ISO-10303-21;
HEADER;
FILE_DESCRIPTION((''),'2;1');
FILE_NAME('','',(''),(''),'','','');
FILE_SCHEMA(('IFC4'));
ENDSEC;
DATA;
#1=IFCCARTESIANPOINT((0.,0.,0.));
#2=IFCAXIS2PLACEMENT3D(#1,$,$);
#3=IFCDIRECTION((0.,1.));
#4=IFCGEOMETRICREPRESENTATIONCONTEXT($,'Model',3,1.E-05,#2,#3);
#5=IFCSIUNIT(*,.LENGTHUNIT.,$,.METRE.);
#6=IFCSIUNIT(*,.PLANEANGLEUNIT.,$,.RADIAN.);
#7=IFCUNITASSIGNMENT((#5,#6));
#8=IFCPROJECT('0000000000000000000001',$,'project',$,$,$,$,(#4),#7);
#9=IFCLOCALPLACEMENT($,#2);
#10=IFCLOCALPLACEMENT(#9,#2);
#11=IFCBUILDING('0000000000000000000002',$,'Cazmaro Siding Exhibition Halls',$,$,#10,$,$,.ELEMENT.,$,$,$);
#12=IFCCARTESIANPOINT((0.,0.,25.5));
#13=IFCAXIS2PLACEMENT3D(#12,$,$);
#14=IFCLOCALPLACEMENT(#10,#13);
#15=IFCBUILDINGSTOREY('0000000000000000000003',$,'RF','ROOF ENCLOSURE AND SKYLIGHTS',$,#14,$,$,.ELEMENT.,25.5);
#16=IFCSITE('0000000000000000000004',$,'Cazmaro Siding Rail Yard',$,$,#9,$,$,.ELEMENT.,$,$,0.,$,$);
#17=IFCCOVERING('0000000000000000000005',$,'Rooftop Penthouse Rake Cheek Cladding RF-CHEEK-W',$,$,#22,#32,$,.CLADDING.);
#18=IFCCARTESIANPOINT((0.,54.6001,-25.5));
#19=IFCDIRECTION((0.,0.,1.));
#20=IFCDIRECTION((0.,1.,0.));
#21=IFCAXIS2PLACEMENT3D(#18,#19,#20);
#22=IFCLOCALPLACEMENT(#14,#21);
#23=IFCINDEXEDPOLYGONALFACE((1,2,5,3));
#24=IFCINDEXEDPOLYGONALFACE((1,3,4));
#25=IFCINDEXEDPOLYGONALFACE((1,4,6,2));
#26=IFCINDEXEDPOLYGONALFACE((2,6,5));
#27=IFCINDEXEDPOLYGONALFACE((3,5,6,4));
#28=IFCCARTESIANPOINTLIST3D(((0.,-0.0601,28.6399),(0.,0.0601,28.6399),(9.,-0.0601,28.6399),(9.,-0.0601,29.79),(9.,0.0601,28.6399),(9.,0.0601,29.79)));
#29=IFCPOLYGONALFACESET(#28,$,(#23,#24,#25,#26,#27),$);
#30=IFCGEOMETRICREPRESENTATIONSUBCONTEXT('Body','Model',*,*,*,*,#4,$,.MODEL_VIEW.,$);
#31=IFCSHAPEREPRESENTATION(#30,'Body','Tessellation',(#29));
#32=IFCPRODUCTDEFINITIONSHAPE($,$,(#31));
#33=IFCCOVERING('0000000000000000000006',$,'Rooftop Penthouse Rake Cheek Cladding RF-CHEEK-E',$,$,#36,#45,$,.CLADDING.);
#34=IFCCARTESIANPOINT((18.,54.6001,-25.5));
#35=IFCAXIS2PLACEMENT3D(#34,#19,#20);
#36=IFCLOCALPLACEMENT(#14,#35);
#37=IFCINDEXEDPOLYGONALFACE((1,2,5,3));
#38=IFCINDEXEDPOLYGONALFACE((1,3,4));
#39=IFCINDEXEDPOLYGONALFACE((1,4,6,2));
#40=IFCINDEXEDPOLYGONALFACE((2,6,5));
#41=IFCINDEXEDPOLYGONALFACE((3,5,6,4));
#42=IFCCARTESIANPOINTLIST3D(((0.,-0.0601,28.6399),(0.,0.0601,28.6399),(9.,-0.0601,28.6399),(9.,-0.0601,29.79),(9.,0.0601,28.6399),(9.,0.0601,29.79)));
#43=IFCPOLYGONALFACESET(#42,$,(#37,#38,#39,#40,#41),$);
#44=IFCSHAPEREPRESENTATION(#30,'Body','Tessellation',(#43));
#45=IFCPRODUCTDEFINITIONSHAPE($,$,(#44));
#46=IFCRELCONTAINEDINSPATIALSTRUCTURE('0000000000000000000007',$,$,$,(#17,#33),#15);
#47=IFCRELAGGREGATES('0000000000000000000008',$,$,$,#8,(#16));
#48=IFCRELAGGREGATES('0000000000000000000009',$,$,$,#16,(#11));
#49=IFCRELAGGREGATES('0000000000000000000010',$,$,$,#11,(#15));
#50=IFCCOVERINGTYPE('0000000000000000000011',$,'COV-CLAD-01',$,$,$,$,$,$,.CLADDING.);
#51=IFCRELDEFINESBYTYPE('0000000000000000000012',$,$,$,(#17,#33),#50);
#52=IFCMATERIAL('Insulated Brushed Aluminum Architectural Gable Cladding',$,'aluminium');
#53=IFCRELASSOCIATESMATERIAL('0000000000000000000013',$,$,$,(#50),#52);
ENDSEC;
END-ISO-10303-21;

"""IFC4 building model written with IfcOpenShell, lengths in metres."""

from ifc_helpers import new_model, si_unit, direction, frame, origin, place, context, subcontext, project, spatial, polyline, outline, extrude, material, type_object, element, save


model = new_model("IFC4")

# Units and contexts
model_context = context("Model", 3, precision=1e-05, world=origin(), true_north=direction((0.0, 1.0)))
body_context = subcontext(model_context, "Body", "Model", "MODEL_VIEW")
ifc_project = project(units=[si_unit("LENGTHUNIT", "METRE"), si_unit("PLANEANGLEUNIT", "RADIAN")], contexts=[model_context])

# Site, building, storey
site_placement = place(None, origin())
site = spatial("IfcSite", under=ifc_project, at=site_placement, Name="Cazmaro Siding Rail Yard", CompositionType="ELEMENT", RefElevation=0.0)
building_placement = place(site_placement, origin())
building = spatial("IfcBuilding", under=site, at=building_placement, Name="Cazmaro Siding Exhibition Halls", CompositionType="ELEMENT")
storey_placement = place(building_placement, frame((0.0, 0.0, 25.5)))
storey = spatial("IfcBuildingStorey", under=building, at=storey_placement, Name="RF", Description="ROOF ENCLOSURE AND SKYLIGHTS", CompositionType="ELEMENT", Elevation=25.5)

# Coverings
ifc_material_1 = material(Name="Insulated Brushed Aluminum Architectural Gable Cladding", Category="aluminium")
covering_type = type_object("IfcCoveringType", Name="COV-CLAD-01", PredefinedType="CLADDING", material=ifc_material_1)
for number, where, z_axis, x_axis, name in (
    (1, (0.0, 54.6001, -25.5), (0.0, 0.0, 1.0), (0.0, 1.0, 0.0), "Rooftop Penthouse Rake Cheek Cladding RF-CHEEK-W"),
    (2, (18.0, 54.6001, -25.5), (0.0, 0.0, 1.0), (0.0, 1.0, 0.0), "Rooftop Penthouse Rake Cheek Cladding RF-CHEEK-E"),
):
    element("IfcCovering", number, at=place(storey_placement, frame(where, z_axis=z_axis, x_axis=x_axis)), inside=storey, type_object=covering_type, Name=name, PredefinedType="CLADDING", context=body_context, shape_type="SweptSolid", body=[
        extrude(outline(polyline([(0.0, 28.6399), (9.0, 28.6399), (9.0, 29.79), (0.0, 28.6399)])), frame((0.0, 0.0601, 0.0), z_axis=(0.0, -1.0, 0.0), x_axis=(1.0, 0.0, 0.0)), (0.0, 0.0, 1.0), 0.1201),
    ])

save(model, "model.ifc")
